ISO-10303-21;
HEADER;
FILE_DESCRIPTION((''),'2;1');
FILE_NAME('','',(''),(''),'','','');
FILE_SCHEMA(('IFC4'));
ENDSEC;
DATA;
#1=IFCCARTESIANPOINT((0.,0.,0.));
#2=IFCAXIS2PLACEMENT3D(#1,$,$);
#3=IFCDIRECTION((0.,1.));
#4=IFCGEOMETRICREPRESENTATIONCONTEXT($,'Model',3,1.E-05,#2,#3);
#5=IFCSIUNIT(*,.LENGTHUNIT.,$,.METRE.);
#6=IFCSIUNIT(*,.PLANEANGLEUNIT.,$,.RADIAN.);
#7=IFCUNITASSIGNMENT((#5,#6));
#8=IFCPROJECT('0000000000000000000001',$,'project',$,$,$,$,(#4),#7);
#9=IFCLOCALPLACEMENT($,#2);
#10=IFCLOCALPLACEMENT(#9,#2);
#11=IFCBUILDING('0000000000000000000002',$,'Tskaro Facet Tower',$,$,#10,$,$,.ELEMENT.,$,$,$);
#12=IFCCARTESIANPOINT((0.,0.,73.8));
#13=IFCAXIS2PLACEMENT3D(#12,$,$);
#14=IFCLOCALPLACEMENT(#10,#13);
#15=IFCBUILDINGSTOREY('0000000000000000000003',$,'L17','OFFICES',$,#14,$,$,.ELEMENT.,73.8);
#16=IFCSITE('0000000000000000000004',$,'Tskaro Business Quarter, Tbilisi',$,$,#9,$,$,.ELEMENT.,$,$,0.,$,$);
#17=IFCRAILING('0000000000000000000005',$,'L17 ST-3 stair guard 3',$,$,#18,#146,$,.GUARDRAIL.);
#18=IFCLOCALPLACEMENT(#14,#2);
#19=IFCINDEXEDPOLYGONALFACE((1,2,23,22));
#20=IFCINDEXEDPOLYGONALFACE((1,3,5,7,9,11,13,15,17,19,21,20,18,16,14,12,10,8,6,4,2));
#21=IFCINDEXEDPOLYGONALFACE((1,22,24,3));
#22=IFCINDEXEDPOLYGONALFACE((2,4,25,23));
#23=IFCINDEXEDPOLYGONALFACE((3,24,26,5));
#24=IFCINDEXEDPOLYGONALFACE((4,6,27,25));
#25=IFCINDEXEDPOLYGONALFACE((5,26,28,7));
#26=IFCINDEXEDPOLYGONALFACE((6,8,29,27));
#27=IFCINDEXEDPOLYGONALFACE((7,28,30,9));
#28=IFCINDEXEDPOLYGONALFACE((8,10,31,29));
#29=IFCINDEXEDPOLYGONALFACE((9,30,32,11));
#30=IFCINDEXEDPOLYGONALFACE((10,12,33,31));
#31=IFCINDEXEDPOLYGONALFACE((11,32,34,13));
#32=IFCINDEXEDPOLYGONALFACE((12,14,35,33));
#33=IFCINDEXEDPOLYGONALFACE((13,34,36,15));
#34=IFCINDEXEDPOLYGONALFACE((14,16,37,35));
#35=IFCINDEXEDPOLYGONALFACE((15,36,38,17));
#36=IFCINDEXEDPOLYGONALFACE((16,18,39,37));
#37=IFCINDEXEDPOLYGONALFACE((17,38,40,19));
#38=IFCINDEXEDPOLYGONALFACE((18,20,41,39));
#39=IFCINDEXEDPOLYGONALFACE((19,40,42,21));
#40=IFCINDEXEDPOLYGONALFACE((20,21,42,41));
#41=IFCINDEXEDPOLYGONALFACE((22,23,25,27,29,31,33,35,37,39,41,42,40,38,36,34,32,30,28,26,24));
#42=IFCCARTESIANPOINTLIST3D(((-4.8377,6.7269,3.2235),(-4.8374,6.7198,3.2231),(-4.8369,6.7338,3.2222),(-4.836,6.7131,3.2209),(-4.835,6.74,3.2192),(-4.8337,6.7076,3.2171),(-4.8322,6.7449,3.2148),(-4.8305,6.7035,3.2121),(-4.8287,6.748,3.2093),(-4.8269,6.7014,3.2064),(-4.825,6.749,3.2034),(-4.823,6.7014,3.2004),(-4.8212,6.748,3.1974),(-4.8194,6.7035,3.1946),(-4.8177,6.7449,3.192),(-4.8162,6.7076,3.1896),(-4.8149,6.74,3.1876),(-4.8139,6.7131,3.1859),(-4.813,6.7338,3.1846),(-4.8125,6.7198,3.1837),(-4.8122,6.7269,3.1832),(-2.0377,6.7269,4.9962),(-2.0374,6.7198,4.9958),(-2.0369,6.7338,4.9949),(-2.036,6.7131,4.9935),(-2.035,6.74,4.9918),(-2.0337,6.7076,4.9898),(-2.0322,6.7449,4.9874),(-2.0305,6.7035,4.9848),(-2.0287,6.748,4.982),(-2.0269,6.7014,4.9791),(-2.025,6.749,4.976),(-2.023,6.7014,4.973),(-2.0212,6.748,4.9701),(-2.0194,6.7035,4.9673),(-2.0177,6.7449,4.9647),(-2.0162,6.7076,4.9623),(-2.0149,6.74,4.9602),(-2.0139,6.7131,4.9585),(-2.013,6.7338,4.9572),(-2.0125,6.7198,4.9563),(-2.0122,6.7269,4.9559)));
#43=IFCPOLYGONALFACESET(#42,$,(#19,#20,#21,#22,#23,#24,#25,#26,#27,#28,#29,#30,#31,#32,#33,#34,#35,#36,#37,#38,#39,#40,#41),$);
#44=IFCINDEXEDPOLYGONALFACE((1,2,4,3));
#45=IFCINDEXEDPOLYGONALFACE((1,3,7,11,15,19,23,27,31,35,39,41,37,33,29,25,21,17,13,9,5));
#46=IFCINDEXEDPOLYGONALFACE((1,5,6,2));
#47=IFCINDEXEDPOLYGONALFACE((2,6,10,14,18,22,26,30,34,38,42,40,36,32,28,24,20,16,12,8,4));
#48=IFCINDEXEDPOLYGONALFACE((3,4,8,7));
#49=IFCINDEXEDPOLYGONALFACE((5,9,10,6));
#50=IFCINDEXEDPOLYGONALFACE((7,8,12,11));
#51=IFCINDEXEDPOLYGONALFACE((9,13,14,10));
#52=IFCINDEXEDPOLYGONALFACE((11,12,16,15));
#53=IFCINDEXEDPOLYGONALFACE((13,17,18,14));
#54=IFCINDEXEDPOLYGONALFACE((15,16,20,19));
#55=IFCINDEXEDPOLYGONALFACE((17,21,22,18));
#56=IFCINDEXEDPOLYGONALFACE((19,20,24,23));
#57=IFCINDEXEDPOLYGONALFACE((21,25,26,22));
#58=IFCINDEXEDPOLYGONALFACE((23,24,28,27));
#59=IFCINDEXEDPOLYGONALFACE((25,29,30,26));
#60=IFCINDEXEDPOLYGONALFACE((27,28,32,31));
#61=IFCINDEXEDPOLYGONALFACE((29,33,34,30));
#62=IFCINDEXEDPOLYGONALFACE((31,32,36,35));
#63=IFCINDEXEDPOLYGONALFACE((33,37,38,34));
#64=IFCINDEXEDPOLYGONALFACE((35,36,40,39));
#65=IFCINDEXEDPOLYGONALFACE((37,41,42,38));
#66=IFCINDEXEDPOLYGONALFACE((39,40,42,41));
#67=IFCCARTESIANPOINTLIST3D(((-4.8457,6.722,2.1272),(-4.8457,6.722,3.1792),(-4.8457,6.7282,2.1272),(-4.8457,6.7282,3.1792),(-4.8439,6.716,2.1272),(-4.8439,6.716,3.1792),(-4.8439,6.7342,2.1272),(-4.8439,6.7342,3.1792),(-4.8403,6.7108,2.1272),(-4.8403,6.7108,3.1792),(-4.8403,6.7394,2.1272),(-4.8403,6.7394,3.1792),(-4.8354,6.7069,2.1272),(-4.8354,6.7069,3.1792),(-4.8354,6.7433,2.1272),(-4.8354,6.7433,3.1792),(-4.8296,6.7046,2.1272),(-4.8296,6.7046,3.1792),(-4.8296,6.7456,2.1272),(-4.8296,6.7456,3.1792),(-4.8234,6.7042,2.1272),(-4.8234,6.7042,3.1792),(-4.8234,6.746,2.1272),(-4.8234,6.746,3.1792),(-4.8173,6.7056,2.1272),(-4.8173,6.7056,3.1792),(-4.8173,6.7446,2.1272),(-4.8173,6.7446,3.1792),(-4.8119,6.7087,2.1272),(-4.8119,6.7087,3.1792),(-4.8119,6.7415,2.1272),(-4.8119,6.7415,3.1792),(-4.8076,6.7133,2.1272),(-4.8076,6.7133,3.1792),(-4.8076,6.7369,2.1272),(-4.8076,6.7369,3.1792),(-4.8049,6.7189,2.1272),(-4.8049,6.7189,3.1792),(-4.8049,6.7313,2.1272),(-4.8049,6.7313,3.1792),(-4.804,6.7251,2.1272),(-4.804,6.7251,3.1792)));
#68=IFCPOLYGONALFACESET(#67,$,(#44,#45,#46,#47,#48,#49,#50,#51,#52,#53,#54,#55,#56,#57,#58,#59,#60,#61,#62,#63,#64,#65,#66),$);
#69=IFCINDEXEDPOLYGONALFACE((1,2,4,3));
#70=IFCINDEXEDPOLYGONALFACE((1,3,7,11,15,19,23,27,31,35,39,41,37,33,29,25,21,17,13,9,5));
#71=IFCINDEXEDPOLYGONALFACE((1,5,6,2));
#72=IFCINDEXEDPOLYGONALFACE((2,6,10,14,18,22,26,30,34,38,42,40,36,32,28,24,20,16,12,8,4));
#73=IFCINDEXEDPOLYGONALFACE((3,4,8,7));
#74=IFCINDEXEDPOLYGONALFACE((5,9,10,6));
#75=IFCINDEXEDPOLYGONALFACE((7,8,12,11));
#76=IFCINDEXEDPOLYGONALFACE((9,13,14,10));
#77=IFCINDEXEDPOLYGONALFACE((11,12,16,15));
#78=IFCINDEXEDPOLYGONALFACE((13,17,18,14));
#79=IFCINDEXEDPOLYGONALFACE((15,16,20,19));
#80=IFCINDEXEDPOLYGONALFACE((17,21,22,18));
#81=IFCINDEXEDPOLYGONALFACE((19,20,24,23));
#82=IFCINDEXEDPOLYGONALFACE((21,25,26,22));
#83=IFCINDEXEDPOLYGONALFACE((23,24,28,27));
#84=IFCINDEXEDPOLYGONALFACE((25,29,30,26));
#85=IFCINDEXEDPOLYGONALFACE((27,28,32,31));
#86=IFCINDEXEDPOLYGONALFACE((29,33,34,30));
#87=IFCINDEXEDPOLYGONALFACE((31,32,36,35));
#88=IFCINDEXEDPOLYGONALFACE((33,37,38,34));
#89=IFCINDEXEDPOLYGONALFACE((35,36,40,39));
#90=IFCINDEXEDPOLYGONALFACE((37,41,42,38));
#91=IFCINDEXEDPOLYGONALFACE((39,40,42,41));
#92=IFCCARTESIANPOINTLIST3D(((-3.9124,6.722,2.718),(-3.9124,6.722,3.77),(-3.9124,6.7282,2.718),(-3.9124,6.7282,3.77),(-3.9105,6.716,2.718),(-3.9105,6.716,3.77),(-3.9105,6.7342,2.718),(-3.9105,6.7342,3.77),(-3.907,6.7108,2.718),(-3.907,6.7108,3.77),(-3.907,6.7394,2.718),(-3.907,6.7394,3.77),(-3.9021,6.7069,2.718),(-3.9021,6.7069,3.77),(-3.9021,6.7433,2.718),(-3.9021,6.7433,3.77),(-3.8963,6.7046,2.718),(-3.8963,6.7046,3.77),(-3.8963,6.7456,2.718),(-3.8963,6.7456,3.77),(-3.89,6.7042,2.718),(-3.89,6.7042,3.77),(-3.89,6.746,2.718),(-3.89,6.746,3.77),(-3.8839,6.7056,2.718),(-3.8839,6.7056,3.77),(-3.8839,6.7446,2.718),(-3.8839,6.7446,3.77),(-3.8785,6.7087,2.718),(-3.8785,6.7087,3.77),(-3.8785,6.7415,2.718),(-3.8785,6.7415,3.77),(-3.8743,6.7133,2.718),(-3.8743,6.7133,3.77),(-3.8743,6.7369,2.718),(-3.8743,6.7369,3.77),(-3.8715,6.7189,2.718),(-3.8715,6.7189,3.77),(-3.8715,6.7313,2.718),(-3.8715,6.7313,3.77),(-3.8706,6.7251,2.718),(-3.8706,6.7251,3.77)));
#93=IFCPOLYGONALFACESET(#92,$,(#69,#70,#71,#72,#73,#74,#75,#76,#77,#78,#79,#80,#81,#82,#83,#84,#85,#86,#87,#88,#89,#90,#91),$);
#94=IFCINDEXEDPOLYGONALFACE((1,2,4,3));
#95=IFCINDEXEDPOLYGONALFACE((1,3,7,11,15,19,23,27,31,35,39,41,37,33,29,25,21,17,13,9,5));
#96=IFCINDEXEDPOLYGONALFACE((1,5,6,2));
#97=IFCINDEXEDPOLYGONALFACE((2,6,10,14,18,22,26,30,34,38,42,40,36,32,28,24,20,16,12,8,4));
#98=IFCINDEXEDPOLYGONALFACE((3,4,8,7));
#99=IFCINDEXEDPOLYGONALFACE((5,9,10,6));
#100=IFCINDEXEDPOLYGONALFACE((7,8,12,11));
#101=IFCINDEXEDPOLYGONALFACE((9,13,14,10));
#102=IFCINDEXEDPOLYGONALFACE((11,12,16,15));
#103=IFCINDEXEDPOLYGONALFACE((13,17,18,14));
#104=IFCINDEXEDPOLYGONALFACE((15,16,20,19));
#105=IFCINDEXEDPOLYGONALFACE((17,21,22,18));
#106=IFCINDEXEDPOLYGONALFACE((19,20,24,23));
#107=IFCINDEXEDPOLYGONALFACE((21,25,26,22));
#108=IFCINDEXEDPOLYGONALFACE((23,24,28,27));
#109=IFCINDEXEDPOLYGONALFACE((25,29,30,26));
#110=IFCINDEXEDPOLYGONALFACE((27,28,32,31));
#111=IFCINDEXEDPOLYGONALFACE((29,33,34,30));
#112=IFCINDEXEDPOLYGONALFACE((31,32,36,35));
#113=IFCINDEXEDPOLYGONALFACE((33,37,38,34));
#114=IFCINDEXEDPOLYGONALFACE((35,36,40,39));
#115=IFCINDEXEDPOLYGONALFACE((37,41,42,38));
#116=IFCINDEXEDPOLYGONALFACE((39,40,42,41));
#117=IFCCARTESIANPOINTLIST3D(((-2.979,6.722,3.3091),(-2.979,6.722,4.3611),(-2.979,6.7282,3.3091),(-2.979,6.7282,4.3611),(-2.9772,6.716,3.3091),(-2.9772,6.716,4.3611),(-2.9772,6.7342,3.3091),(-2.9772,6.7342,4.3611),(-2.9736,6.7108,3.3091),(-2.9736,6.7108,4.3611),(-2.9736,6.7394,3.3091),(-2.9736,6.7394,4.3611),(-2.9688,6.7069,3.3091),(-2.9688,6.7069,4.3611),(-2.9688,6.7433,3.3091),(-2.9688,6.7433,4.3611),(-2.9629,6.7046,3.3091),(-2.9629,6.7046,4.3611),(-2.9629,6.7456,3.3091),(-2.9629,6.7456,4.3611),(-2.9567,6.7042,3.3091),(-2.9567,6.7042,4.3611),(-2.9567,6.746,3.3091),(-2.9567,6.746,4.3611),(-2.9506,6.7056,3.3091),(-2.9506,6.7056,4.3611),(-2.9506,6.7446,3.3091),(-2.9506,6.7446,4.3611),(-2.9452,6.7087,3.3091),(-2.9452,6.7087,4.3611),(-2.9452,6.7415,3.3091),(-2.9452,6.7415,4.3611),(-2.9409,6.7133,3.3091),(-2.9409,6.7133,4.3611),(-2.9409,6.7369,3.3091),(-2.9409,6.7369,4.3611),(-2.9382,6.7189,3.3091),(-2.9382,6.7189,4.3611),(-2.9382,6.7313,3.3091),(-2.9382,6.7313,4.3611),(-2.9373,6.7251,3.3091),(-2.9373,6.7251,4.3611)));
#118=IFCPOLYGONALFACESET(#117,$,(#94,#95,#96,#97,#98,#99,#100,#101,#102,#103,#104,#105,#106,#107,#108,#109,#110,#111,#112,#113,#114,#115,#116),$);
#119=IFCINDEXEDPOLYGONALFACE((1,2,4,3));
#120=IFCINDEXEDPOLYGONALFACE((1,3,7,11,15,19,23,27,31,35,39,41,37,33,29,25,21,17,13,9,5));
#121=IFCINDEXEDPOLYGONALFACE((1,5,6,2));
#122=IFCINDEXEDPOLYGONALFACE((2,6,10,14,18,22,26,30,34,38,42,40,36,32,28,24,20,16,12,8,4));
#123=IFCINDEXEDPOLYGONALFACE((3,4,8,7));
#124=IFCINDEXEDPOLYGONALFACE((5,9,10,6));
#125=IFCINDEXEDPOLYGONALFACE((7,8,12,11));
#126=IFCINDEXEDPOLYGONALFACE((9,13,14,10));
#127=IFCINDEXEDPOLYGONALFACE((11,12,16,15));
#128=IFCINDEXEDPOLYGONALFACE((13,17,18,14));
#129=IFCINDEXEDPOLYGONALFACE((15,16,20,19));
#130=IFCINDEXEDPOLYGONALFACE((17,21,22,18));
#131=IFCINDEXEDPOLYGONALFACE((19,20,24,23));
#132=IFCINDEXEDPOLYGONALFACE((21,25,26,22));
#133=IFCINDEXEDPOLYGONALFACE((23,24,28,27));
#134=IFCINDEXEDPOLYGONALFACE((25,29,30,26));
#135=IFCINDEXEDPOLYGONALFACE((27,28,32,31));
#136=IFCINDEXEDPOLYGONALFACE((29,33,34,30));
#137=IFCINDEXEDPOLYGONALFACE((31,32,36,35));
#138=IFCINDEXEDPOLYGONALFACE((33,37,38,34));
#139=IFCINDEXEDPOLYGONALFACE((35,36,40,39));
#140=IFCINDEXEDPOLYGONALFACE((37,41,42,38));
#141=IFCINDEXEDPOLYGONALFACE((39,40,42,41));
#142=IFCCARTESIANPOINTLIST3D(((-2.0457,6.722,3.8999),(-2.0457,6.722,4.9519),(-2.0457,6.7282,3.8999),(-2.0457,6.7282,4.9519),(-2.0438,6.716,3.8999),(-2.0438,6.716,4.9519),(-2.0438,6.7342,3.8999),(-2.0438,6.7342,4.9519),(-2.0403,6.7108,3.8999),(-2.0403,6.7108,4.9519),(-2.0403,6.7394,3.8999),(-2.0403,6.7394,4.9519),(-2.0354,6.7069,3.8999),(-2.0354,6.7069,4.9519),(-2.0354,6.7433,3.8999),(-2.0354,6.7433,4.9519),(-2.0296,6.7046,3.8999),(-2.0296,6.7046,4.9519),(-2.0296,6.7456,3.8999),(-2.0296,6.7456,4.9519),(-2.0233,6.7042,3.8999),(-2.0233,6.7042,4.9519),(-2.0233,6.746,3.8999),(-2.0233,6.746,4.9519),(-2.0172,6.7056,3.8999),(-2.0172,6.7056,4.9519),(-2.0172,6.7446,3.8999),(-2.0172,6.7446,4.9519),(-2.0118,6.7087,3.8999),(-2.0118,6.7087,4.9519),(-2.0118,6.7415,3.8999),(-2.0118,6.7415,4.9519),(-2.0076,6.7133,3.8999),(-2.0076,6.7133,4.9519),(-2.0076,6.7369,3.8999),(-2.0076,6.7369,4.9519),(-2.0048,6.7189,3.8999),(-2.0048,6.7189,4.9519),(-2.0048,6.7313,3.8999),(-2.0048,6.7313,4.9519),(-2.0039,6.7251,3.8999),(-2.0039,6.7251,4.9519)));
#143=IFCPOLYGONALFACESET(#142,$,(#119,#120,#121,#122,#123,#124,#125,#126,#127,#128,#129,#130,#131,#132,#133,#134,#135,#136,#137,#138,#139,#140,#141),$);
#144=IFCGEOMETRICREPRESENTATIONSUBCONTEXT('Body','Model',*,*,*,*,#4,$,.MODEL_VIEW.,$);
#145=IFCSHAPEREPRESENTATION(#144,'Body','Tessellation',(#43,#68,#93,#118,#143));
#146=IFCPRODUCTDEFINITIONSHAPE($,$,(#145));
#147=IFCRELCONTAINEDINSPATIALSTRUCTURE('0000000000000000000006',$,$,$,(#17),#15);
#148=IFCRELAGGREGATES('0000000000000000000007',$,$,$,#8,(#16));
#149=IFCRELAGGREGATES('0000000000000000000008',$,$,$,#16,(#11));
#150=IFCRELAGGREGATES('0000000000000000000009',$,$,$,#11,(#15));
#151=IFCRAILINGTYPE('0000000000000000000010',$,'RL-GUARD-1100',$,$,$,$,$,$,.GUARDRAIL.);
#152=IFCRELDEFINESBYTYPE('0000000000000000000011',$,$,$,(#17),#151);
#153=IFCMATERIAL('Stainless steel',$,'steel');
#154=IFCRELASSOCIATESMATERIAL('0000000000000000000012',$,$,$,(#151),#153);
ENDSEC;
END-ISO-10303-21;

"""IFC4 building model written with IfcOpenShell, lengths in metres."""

from ifc_helpers import new_model, si_unit, direction, frame, origin, origin_2d, place, context, subcontext, project, spatial, circle, extrude, material, type_object, element, save


model = new_model("IFC4")

# Units and contexts
model_context = context("Model", 3, precision=1e-05, world=origin(), true_north=direction((0.0, 1.0)))
body_context = subcontext(model_context, "Body", "Model", "MODEL_VIEW")
ifc_project = project(units=[si_unit("LENGTHUNIT", "METRE"), si_unit("PLANEANGLEUNIT", "RADIAN")], contexts=[model_context])

# Site, building, storey
site_placement = place(None, origin())
site = spatial("IfcSite", under=ifc_project, at=site_placement, Name="Tskaro Business Quarter, Tbilisi", CompositionType="ELEMENT", RefElevation=0.0)
building_placement = place(site_placement, origin())
building = spatial("IfcBuilding", under=site, at=building_placement, Name="Tskaro Facet Tower", CompositionType="ELEMENT")
storey_placement = place(building_placement, frame((0.0, 0.0, 73.8)))
storey = spatial("IfcBuildingStorey", under=building, at=storey_placement, Name="L17", Description="OFFICES", CompositionType="ELEMENT", Elevation=73.8)

# Railing
ifc_material_1 = material(Name="Stainless steel", Category="steel")
railing_type_1 = type_object("IfcRailingType", Name="RL-GUARD-1100", PredefinedType="GUARDRAIL", material=ifc_material_1)
railing_1_placement = place(storey_placement, frame((-4.825, 6.7251, 2.1272)))
element("IfcRailing", 1, at=railing_1_placement, inside=storey, type_object=railing_type_1, Name="L17 ST-3 stair guard 3", PredefinedType="GUARDRAIL", context=body_context, shape_type="SweptSolid", body=[
    extrude(circle(Radius=0.0239, at=origin_2d()), frame((0.0, 0.0, 1.0762), z_axis=(0.844909, 0.0, 0.53491), x_axis=(0.0, 1.0, 0.0)), (0.0, 0.0, 1.0), 3.314),
    extrude(circle(Radius=0.021, at=origin_2d()), origin(), (0.0, 0.0, 1.0), 1.052),
    extrude(circle(Radius=0.021, at=origin_2d()), frame((0.9333, 0.0, 0.5908)), (0.0, 0.0, 1.0), 1.052),
    extrude(circle(Radius=0.021, at=origin_2d()), frame((1.8667, 0.0, 1.1819)), (0.0, 0.0, 1.0), 1.052),
    extrude(circle(Radius=0.021, at=origin_2d()), frame((2.8, 0.0, 1.7727)), (0.0, 0.0, 1.0), 1.052),
])

save(model, "model.ifc")
